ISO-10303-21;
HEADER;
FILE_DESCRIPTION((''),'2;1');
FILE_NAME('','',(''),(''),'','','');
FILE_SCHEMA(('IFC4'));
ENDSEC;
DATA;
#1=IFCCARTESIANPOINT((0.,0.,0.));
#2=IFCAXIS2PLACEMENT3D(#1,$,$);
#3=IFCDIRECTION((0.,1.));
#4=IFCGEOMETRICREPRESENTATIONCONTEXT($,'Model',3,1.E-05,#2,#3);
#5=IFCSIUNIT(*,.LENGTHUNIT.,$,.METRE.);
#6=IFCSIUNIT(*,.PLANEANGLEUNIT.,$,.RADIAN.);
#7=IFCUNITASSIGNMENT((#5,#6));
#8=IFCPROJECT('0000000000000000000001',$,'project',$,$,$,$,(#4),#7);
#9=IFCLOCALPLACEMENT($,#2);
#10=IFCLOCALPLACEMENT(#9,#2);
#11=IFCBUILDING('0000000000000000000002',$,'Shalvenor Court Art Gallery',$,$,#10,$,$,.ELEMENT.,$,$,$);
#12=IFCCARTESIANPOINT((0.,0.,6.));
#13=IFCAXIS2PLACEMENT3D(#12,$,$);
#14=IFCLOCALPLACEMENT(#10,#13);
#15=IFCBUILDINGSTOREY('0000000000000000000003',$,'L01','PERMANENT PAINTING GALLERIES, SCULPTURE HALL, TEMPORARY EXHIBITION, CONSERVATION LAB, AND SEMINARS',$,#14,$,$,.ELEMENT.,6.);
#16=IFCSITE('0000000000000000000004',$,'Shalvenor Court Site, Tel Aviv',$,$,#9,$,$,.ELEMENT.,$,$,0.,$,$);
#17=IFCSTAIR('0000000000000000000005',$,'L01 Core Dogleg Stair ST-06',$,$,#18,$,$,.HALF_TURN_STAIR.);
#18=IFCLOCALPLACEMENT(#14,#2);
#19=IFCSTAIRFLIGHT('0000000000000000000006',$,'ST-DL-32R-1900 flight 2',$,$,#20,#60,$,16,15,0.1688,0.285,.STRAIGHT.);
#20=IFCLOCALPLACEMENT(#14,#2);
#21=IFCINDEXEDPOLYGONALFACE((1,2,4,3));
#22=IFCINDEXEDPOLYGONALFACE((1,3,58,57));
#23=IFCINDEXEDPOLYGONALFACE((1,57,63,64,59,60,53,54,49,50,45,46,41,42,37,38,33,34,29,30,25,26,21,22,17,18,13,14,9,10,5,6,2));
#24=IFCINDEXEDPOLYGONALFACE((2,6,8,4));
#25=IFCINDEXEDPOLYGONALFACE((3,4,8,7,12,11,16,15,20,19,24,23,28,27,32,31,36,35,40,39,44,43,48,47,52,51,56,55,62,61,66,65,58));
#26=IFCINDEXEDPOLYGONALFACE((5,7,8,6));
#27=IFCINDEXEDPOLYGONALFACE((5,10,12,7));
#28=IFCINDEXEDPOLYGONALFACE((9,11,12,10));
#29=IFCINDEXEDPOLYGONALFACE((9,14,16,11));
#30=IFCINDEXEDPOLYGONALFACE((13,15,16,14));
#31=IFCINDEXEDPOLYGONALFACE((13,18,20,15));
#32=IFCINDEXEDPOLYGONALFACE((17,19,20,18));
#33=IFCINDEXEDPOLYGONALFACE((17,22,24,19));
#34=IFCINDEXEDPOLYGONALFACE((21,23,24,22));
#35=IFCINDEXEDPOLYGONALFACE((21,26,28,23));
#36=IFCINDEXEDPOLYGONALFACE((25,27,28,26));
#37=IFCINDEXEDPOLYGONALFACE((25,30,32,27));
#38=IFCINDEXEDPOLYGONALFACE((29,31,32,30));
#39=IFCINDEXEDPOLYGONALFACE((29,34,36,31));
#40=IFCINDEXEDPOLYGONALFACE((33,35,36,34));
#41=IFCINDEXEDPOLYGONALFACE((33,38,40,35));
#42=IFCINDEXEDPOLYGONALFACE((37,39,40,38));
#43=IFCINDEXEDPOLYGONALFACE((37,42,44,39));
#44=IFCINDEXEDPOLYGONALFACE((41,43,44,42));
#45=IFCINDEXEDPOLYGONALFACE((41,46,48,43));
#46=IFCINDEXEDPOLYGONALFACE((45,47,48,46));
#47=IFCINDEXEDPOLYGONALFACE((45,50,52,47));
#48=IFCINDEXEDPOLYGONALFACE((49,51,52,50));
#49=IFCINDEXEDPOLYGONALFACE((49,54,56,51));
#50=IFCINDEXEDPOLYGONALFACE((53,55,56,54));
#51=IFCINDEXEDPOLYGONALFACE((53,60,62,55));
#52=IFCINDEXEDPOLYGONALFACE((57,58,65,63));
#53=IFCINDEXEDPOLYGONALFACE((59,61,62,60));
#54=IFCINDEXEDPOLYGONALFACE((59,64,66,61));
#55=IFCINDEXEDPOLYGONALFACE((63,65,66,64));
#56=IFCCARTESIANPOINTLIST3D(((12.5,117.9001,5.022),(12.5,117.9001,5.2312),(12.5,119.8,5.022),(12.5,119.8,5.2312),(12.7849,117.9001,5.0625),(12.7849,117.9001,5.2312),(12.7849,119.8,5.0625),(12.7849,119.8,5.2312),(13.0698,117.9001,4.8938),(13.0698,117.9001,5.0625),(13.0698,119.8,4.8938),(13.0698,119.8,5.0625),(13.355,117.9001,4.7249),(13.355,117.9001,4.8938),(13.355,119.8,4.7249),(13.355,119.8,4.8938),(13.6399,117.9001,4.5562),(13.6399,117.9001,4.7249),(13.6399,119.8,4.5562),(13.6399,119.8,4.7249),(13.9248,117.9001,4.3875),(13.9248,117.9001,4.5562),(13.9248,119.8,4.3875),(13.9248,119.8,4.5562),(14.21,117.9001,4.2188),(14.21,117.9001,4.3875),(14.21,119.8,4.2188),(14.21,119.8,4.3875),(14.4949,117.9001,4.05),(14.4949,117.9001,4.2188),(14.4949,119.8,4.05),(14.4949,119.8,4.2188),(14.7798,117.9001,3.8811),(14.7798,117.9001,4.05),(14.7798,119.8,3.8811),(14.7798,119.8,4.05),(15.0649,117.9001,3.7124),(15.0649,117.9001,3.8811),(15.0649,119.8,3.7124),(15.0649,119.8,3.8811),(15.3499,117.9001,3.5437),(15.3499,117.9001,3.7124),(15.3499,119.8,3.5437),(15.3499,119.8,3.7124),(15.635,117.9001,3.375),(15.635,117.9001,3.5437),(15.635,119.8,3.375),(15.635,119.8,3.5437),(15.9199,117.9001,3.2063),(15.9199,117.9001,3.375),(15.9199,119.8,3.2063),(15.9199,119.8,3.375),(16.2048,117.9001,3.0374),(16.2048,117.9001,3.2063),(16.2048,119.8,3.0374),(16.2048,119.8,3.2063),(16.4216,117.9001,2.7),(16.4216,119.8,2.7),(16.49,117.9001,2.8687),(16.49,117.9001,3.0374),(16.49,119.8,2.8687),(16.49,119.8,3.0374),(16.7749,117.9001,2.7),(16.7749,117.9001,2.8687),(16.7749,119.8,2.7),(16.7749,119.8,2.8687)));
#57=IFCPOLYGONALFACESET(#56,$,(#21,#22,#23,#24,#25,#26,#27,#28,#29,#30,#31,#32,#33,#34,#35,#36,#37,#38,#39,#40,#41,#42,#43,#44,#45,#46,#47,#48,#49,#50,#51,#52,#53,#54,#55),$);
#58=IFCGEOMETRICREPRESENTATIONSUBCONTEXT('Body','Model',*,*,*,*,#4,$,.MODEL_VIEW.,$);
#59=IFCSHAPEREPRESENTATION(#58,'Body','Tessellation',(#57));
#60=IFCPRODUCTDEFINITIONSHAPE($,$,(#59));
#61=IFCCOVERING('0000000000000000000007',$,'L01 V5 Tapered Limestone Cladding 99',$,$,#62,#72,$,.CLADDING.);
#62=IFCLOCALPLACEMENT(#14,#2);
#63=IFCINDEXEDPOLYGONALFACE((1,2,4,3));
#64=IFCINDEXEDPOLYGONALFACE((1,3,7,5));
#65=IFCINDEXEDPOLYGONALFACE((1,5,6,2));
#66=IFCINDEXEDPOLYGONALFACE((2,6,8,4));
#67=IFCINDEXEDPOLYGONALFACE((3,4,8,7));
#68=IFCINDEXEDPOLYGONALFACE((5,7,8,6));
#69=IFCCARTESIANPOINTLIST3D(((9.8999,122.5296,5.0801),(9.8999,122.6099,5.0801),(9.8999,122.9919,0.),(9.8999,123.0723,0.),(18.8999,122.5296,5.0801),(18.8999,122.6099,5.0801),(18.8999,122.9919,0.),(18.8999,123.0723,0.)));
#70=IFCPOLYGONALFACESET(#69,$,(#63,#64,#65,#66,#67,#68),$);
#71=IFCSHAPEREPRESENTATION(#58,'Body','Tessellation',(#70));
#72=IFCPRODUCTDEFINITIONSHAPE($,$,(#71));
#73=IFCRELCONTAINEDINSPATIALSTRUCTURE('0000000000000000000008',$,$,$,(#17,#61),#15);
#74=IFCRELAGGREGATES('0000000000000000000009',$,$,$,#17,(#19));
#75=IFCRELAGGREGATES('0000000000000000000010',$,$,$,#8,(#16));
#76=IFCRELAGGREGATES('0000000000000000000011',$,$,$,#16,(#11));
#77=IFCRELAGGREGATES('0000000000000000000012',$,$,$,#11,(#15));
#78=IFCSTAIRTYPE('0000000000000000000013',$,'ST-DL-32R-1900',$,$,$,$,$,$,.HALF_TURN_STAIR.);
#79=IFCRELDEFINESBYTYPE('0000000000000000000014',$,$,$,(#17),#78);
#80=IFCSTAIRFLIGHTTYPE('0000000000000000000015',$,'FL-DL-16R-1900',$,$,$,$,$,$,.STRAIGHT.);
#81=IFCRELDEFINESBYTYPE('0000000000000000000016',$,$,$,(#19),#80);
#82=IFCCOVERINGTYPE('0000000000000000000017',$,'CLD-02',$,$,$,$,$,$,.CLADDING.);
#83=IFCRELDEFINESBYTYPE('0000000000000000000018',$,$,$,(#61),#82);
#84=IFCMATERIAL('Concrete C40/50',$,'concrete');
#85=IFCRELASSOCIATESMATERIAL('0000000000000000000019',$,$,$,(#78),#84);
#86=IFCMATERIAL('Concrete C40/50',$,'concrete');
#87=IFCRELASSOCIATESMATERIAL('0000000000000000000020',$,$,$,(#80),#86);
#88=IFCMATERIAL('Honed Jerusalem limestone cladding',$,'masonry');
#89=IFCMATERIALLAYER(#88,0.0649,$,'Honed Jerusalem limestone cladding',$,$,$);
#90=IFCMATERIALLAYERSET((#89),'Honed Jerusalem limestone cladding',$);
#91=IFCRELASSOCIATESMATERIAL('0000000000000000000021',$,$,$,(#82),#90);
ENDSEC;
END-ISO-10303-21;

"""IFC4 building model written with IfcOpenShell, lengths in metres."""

from ifc_helpers import new_model, si_unit, direction, frame, origin, place, context, subcontext, project, spatial, polyline, outline, extrude, material, layer, layer_set, type_object, element, aggregate, save


model = new_model("IFC4")

# Units and contexts
model_context = context("Model", 3, precision=1e-05, world=origin(), true_north=direction((0.0, 1.0)))
body_context = subcontext(model_context, "Body", "Model", "MODEL_VIEW")
ifc_project = project(units=[si_unit("LENGTHUNIT", "METRE"), si_unit("PLANEANGLEUNIT", "RADIAN")], contexts=[model_context])

# Site, building, storey
site_placement = place(None, origin())
site = spatial("IfcSite", under=ifc_project, at=site_placement, Name="Shalvenor Court Site, Tel Aviv", CompositionType="ELEMENT", RefElevation=0.0)
building_placement = place(site_placement, origin())
building = spatial("IfcBuilding", under=site, at=building_placement, Name="Shalvenor Court Art Gallery", CompositionType="ELEMENT")
storey_placement = place(building_placement, frame((0.0, 0.0, 6.0)))
storey = spatial("IfcBuildingStorey", under=building, at=storey_placement, Name="L01", Description="PERMANENT PAINTING GALLERIES, SCULPTURE HALL, TEMPORARY EXHIBITION, CONSERVATION LAB, AND SEMINARS", CompositionType="ELEMENT", Elevation=6.0)

# Stair, stair flight
ifc_material_1 = material(Name="Concrete C40/50", Category="concrete")
stair_type = type_object("IfcStairType", Name="ST-DL-32R-1900", PredefinedType="HALF_TURN_STAIR", material=ifc_material_1)
stair_placement = place(storey_placement, origin())
stair = element("IfcStair", 1, at=stair_placement, inside=storey, type_object=stair_type, Name="L01 Core Dogleg Stair ST-06", PredefinedType="HALF_TURN_STAIR")
ifc_material_2 = material(Name="Concrete C40/50", Category="concrete")
stair_flight_type = type_object("IfcStairFlightType", Name="FL-DL-16R-1900", PredefinedType="STRAIGHT", material=ifc_material_2)
stair_flight_1_placement = place(storey_placement, frame((16.7749, 118.8501, 2.7), z_axis=(0.0, 0.0, 1.0), x_axis=(-1.0, 0.0, 0.0)))
stair_flight_1 = element("IfcStairFlight", 2, at=stair_flight_1_placement, type_object=stair_flight_type, Name="ST-DL-32R-1900 flight 2", NumberOfRisers=16, NumberOfTreads=15, PredefinedType="STRAIGHT", RiserHeight=0.1688, TreadLength=0.285, context=body_context, shape_type="SweptSolid", body=[
    extrude(outline(polyline([(0.0, 0.0), (0.0, 0.1687), (0.2849, 0.1687), (0.2849, 0.3374), (0.5701, 0.3374), (0.5701, 0.5063), (0.855, 0.5063), (0.855, 0.675), (1.1399, 0.675), (1.1399, 0.8438), (1.425, 0.8438), (1.425, 1.0125), (1.71, 1.0125), (1.71, 1.1812), (1.9951, 1.1812), (1.9951, 1.3501), (2.28, 1.3501), (2.28, 1.5188), (2.5649, 1.5188), (2.5649, 1.6875), (2.8501, 1.6875), (2.8501, 1.8562), (3.135, 1.8562), (3.135, 2.0249), (3.4199, 2.0249), (3.4199, 2.1938), (3.7051, 2.1938), (3.7051, 2.3625), (3.99, 2.3625), (3.99, 2.5312), (4.2749, 2.5312), (4.2749, 2.7), (4.2749, 2.322), (0.3533, 0.0), (0.0, 0.0)])), frame((0.0, 0.95, 0.0), z_axis=(0.0, -1.0, 0.0), x_axis=(1.0, 0.0, 0.0)), (0.0, 0.0, 1.0), 1.8999),
])
aggregate(stair, [stair_flight_1])

# Covering
ifc_material_3 = material(Name="Honed Jerusalem limestone cladding", Category="masonry")
ifc_layer_1 = layer(ifc_material_3, 0.0649, Name="Honed Jerusalem limestone cladding")
ifc_layer_set_1 = layer_set([ifc_layer_1], Name="Honed Jerusalem limestone cladding")
covering_type = type_object("IfcCoveringType", Name="CLD-02", PredefinedType="CLADDING", material=ifc_layer_set_1)
covering_placement = place(storey_placement, frame((18.8999, 123.0723, 0.0), z_axis=(0.0, 0.0, 1.0), x_axis=(-1.0, 0.0, 0.0)))
element("IfcCovering", 3, at=covering_placement, inside=storey, type_object=covering_type, Name="L01 V5 Tapered Limestone Cladding 99", PredefinedType="CLADDING", context=body_context, shape_type="SweptSolid", body=[
    extrude(outline(polyline([(0.0, 0.0), (9.0, 0.0), (9.0, 5.1011), (0.0, 5.1011), (0.0, 0.0)])), frame((0.0, 0.0, 0.0), z_axis=(0.0, -0.995884, 0.090633), x_axis=(1.0, 0.0, 0.0)), (0.0, 0.090633, -0.995884), 0.0803),
])

save(model, "model.ifc")
